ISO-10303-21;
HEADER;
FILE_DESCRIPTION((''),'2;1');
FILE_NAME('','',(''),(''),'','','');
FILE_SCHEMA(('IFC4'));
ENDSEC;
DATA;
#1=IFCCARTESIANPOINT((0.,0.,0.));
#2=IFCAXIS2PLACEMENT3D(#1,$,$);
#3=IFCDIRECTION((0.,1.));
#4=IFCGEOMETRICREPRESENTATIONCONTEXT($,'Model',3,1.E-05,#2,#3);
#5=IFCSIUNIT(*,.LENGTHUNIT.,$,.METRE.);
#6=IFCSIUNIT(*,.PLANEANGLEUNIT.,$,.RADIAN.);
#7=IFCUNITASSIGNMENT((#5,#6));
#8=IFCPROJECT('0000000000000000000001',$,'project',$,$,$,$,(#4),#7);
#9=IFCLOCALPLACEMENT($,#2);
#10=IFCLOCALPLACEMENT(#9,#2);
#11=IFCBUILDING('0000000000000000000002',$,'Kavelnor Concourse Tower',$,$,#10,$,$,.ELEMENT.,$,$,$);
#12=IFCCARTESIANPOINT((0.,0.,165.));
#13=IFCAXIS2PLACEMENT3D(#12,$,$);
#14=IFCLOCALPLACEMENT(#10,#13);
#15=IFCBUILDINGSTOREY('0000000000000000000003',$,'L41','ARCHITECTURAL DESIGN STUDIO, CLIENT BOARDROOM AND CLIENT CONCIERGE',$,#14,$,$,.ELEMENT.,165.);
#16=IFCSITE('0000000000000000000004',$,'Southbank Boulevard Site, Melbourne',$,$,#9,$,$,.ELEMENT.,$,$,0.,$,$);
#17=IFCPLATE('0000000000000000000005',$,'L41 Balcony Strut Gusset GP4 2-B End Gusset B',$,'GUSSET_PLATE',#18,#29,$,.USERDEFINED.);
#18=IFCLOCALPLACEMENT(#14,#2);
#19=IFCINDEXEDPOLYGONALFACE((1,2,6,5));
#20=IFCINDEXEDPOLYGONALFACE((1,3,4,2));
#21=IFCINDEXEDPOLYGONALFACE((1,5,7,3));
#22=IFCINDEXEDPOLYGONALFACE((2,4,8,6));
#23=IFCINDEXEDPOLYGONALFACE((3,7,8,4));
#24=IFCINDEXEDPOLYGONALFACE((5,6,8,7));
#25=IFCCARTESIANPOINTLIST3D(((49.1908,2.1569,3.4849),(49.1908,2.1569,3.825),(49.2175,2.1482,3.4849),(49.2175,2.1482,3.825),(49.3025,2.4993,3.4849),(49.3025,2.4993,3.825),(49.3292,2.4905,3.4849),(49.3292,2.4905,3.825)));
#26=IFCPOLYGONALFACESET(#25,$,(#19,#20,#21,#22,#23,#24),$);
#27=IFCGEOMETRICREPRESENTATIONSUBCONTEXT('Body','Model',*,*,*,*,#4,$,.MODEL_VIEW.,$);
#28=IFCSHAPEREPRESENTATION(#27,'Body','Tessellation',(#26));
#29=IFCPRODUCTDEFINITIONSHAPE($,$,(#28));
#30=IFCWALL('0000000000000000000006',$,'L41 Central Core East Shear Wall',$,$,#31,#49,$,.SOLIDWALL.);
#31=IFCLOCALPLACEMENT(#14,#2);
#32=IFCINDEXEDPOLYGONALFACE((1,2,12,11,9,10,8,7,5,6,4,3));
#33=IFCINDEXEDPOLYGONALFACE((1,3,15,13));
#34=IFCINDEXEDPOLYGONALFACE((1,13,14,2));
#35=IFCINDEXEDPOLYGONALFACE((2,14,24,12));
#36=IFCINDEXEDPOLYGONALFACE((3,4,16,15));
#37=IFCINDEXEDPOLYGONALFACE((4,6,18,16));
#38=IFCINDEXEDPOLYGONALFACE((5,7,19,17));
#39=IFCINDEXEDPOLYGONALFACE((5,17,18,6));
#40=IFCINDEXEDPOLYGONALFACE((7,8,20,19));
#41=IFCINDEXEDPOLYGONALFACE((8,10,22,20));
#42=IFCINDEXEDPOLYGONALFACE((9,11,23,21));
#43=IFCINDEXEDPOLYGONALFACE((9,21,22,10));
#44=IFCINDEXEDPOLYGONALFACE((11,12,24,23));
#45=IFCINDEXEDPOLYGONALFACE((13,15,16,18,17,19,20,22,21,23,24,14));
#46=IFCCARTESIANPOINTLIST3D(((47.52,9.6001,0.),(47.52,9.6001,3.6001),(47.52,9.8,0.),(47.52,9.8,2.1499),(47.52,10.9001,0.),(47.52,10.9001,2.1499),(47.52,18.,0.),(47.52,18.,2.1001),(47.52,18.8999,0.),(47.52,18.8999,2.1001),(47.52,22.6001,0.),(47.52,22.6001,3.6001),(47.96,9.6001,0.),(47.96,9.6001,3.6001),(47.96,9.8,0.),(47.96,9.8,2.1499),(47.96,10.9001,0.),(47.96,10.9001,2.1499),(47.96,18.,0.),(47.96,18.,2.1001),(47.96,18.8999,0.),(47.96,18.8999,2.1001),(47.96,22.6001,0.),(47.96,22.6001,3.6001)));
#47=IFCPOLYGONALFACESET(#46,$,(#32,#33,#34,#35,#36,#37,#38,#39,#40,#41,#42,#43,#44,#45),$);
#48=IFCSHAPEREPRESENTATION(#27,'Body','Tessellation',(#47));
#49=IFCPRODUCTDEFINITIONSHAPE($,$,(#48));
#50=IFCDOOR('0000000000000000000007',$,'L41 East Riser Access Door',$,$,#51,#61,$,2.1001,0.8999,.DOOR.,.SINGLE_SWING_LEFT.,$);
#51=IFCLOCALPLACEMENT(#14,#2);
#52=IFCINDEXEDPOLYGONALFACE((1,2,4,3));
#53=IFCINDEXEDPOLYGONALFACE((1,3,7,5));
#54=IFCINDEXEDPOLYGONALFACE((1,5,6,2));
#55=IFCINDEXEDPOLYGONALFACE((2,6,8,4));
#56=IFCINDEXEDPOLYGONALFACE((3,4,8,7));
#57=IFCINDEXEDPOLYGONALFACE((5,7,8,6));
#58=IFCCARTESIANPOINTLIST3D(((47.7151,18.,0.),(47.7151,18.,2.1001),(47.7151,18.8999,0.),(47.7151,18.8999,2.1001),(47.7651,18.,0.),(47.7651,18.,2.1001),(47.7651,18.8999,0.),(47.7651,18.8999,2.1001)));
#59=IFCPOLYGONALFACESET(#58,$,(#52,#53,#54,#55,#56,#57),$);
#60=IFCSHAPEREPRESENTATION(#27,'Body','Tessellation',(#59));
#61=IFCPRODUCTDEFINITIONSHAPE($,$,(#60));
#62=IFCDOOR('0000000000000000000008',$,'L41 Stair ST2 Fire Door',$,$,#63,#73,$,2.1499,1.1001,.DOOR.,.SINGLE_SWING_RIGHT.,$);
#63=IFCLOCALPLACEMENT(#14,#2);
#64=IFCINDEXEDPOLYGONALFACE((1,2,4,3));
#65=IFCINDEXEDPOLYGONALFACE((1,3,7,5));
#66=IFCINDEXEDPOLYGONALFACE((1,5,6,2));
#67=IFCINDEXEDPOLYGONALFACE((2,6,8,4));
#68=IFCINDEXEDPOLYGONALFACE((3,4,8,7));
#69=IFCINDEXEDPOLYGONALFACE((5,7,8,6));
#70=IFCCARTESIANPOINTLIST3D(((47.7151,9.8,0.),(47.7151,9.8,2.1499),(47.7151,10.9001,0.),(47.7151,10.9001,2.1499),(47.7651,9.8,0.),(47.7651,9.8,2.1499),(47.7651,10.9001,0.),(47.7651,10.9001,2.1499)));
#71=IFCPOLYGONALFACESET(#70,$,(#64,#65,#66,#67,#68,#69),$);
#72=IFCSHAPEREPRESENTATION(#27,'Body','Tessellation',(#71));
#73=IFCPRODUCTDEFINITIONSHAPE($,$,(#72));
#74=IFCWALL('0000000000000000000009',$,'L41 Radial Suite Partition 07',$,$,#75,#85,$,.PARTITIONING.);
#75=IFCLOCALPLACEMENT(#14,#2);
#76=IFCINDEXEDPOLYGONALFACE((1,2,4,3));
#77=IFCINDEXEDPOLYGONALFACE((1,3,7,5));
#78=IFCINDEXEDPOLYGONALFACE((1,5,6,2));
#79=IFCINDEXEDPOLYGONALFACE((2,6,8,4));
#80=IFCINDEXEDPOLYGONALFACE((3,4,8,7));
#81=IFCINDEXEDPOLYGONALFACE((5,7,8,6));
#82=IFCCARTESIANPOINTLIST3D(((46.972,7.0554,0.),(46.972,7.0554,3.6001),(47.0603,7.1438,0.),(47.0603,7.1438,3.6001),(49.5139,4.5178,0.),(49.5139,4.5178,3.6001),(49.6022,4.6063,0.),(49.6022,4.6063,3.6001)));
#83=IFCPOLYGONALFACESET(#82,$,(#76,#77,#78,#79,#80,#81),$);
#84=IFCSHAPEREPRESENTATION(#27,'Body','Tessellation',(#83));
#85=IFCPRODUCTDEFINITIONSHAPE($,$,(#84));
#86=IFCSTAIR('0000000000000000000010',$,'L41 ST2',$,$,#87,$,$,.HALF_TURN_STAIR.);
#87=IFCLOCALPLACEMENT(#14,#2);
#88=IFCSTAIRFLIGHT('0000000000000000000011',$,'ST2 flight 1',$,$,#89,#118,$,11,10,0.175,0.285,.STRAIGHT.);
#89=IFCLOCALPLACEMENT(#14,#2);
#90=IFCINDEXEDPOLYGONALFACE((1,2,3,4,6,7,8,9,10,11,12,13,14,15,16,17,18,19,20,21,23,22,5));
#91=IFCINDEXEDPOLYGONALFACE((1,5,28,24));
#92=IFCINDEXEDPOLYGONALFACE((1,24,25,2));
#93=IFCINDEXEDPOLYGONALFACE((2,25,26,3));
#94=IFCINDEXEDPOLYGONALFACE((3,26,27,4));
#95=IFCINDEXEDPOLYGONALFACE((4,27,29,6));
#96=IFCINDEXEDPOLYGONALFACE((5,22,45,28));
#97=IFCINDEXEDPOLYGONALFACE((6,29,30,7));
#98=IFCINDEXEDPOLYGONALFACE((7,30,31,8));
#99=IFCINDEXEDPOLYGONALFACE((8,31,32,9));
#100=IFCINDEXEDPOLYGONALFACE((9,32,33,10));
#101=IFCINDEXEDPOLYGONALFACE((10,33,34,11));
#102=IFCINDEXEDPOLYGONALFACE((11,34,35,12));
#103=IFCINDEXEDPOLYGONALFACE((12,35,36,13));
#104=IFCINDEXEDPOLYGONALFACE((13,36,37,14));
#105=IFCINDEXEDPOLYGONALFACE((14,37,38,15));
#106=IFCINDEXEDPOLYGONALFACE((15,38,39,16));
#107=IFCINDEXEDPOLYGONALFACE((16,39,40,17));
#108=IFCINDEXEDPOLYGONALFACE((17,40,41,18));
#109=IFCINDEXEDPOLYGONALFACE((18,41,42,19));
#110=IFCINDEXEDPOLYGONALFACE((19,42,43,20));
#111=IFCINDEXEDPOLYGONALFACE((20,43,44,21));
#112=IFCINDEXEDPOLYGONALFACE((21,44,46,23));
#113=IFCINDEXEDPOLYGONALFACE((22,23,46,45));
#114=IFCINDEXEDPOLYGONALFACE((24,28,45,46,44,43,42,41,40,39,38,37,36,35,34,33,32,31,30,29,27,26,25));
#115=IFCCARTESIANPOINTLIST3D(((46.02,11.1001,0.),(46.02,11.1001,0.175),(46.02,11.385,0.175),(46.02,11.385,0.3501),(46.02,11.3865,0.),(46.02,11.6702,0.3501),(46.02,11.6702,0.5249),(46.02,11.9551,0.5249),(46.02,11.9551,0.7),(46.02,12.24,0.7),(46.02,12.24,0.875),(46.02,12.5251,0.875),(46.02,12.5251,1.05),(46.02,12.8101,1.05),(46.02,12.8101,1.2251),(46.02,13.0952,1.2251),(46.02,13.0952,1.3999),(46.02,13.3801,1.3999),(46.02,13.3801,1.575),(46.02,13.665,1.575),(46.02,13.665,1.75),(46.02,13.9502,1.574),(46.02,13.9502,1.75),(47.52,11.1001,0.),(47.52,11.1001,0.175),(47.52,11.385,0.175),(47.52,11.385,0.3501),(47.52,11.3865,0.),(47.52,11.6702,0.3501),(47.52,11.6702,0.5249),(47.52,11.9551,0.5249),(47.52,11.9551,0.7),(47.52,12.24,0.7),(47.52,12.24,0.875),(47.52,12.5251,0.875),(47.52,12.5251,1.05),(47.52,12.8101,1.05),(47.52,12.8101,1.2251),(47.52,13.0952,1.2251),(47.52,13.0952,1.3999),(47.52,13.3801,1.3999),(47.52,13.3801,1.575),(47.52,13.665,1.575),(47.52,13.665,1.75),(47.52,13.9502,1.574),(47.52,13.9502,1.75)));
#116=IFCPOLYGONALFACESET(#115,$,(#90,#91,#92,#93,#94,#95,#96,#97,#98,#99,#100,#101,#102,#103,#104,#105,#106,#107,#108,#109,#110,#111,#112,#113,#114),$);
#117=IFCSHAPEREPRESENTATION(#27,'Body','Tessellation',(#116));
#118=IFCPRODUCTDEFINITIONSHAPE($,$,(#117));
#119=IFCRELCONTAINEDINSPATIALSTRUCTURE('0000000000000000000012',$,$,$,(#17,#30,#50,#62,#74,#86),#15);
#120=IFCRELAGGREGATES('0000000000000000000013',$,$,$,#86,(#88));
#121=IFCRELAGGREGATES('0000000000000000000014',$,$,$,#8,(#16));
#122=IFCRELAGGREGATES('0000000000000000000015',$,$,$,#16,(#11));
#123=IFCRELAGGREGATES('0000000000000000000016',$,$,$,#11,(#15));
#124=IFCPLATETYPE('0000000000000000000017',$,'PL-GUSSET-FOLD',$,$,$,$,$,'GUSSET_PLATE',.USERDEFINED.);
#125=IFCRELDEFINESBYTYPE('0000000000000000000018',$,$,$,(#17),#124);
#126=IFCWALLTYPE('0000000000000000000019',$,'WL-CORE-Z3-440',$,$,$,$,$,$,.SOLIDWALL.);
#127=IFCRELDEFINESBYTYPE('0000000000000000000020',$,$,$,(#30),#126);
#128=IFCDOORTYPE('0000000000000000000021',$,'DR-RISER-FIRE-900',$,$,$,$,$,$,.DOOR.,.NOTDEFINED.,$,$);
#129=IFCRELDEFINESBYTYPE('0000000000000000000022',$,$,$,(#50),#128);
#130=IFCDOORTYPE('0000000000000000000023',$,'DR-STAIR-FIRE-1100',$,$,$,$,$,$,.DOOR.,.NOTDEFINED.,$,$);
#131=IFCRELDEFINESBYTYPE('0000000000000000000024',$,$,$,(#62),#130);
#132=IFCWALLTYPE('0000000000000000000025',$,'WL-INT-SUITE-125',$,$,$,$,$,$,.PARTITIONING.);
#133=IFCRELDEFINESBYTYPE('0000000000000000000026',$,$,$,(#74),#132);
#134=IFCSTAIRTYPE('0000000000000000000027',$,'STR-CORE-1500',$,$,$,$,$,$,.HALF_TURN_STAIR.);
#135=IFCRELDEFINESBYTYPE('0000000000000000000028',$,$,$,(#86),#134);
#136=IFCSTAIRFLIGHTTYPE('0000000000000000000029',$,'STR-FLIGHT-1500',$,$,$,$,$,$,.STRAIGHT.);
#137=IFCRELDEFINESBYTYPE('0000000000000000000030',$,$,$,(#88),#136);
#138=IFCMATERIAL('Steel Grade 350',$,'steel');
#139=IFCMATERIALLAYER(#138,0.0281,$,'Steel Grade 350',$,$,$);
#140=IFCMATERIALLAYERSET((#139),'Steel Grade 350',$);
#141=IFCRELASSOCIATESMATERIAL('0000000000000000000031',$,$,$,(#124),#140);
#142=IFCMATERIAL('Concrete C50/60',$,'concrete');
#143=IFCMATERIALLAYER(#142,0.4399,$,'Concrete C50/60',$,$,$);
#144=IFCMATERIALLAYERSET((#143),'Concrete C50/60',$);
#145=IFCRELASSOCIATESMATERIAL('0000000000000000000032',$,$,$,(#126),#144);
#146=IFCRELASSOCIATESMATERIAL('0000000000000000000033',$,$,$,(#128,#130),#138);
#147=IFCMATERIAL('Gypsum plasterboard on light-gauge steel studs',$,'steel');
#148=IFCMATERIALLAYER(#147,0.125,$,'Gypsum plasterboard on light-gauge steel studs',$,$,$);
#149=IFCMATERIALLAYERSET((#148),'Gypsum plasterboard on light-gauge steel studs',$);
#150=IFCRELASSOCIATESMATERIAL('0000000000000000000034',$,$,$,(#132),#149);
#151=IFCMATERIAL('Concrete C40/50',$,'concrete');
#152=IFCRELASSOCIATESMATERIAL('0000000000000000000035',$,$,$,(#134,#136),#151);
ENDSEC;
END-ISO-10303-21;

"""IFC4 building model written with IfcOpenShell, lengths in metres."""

from ifc_helpers import new_model, si_unit, direction, frame, frame_2d, origin, origin_2d, place, context, subcontext, project, spatial, polyline, rectangle, outline, extrude, material, layer, layer_set, type_object, element, fill, aggregate, save


model = new_model("IFC4")

# Units and contexts
model_context = context("Model", 3, precision=1e-05, world=origin(), true_north=direction((0.0, 1.0)))
body_context = subcontext(model_context, "Body", "Model", "MODEL_VIEW")
ifc_project = project(units=[si_unit("LENGTHUNIT", "METRE"), si_unit("PLANEANGLEUNIT", "RADIAN")], contexts=[model_context])

# Site, building, storey
site_placement = place(None, origin())
site = spatial("IfcSite", under=ifc_project, at=site_placement, Name="Southbank Boulevard Site, Melbourne", CompositionType="ELEMENT", RefElevation=0.0)
building_placement = place(site_placement, origin())
building = spatial("IfcBuilding", under=site, at=building_placement, Name="Kavelnor Concourse Tower", CompositionType="ELEMENT")
storey_placement = place(building_placement, frame((0.0, 0.0, 165.0)))
storey = spatial("IfcBuildingStorey", under=building, at=storey_placement, Name="L41", Description="ARCHITECTURAL DESIGN STUDIO, CLIENT BOARDROOM AND CLIENT CONCIERGE", CompositionType="ELEMENT", Elevation=165.0)

# Shared definitions
ifc_material_1 = material(Name="Steel Grade 350", Category="steel")

# Plate
ifc_layer_1 = layer(ifc_material_1, 0.0281, Name="Steel Grade 350")
ifc_layer_set_1 = layer_set([ifc_layer_1], Name="Steel Grade 350")
plate_type = type_object("IfcPlateType", Name="PL-GUSSET-FOLD", ElementType="GUSSET_PLATE", PredefinedType="USERDEFINED", material=ifc_layer_set_1)
for number, where, z_axis, x_axis, name in (
    (1, (49.26, 2.3237, 3.4849), (0.0, 0.0, 1.0), (-0.310179, -0.950678, 0.0), "L41 Balcony Strut Gusset GP4 2-B End Gusset B"),
):
    element("IfcPlate", number, at=place(storey_placement, frame(where, z_axis=z_axis, x_axis=x_axis)), inside=storey, type_object=plate_type, Name=name, ObjectType="GUSSET_PLATE", PredefinedType="USERDEFINED", context=body_context, shape_type="SweptSolid", body=[
        extrude(rectangle(XDim=0.3601, YDim=0.0281, at=origin_2d()), origin(), (0.0, 0.0, 1.0), 0.3401),
    ])

# Wall, openings, doors
ifc_material_2 = material(Name="Concrete C50/60", Category="concrete")
ifc_layer_2 = layer(ifc_material_2, 0.4399, Name="Concrete C50/60")
ifc_layer_set_2 = layer_set([ifc_layer_2], Name="Concrete C50/60")
wall_type_1 = type_object("IfcWallType", Name="WL-CORE-Z3-440", PredefinedType="SOLIDWALL", material=ifc_layer_set_2)
wall_1_placement = place(storey_placement, frame((47.74, 9.6001, 0.0), z_axis=(0.0, 0.0, 1.0), x_axis=(0.0, 1.0, 0.0)))
wall_1 = element("IfcWall", 2, at=wall_1_placement, inside=storey, type_object=wall_type_1, Name="L41 Central Core East Shear Wall", PredefinedType="SOLIDWALL", context=body_context, shape_type="SweptSolid", body=[
    extrude(rectangle(XDim=13.0, YDim=0.4399, at=frame_2d((6.5, 0.0))), origin(), (0.0, 0.0, 1.0), 3.6001),
])
opening_1_placement = place(wall_1_placement, frame((0.2, 0.0, 0.0)))
opening_1 = element("IfcOpeningElement", 3, at=opening_1_placement, cuts=wall_1, PredefinedType="OPENING", context=body_context, shape_type="SweptSolid", body=[
    extrude(rectangle(XDim=1.1001, YDim=2.1499, at=frame_2d((0.55, 1.075))), frame((0.0, 0.23, 0.0), z_axis=(0.0, -1.0, 0.0), x_axis=(1.0, 0.0, 0.0)), (0.0, 0.0, 1.0), 0.46),
])
opening_2_placement = place(wall_1_placement, frame((8.3999, 0.0, 0.0)))
opening_2 = element("IfcOpeningElement", 4, at=opening_2_placement, cuts=wall_1, PredefinedType="OPENING", context=body_context, shape_type="SweptSolid", body=[
    extrude(rectangle(XDim=0.8999, YDim=2.1001, at=frame_2d((0.45, 1.05))), frame((0.0, 0.23, 0.0), z_axis=(0.0, -1.0, 0.0), x_axis=(1.0, 0.0, 0.0)), (0.0, 0.0, 1.0), 0.46),
])
door_type_1 = type_object("IfcDoorType", Name="DR-RISER-FIRE-900", OperationType="NOTDEFINED", PredefinedType="DOOR", material=ifc_material_1)
door_1_placement = place(opening_2_placement, origin())
door_1 = element("IfcDoor", 5, at=door_1_placement, inside=storey, type_object=door_type_1, Name="L41 East Riser Access Door", OperationType="SINGLE_SWING_LEFT", OverallHeight=2.1001, OverallWidth=0.8999, PredefinedType="DOOR", context=body_context, shape_type="SweptSolid", body=[
    extrude(rectangle(XDim=0.8999, YDim=2.1001, at=frame_2d((0.45, 1.05))), frame((0.0, 0.0249, 0.0), z_axis=(0.0, -1.0, 0.0), x_axis=(1.0, 0.0, 0.0)), (0.0, 0.0, 1.0), 0.05),
])
fill(opening_2, door_1)
door_type_2 = type_object("IfcDoorType", Name="DR-STAIR-FIRE-1100", OperationType="NOTDEFINED", PredefinedType="DOOR", material=ifc_material_1)
door_2_placement = place(opening_1_placement, origin())
door_2 = element("IfcDoor", 6, at=door_2_placement, inside=storey, type_object=door_type_2, Name="L41 Stair ST2 Fire Door", OperationType="SINGLE_SWING_RIGHT", OverallHeight=2.1499, OverallWidth=1.1001, PredefinedType="DOOR", context=body_context, shape_type="SweptSolid", body=[
    extrude(rectangle(XDim=1.1001, YDim=2.1499, at=frame_2d((0.55, 1.075))), frame((0.0, 0.0249, 0.0), z_axis=(0.0, -1.0, 0.0), x_axis=(1.0, 0.0, 0.0)), (0.0, 0.0, 1.0), 0.05),
])
fill(opening_1, door_2)

# Wall
ifc_material_3 = material(Name="Gypsum plasterboard on light-gauge steel studs", Category="steel")
ifc_layer_3 = layer(ifc_material_3, 0.125, Name="Gypsum plasterboard on light-gauge steel studs")
ifc_layer_set_3 = layer_set([ifc_layer_3], Name="Gypsum plasterboard on light-gauge steel studs")
wall_type_2 = type_object("IfcWallType", Name="WL-INT-SUITE-125", PredefinedType="PARTITIONING", material=ifc_layer_set_3)
wall_2_placement = place(storey_placement, frame((47.0161, 7.0996, 0.0), z_axis=(0.0, 0.0, 1.0), x_axis=(0.707718, -0.706495, 0.0)))
element("IfcWall", 7, at=wall_2_placement, inside=storey, type_object=wall_type_2, Name="L41 Radial Suite Partition 07", PredefinedType="PARTITIONING", context=body_context, shape_type="SweptSolid", body=[
    extrude(rectangle(XDim=3.5918, YDim=0.125, at=frame_2d((1.7959, 0.0))), origin(), (0.0, 0.0, 1.0), 3.6001),
])

# Stair, stair flight
ifc_material_4 = material(Name="Concrete C40/50", Category="concrete")
stair_type = type_object("IfcStairType", Name="STR-CORE-1500", PredefinedType="HALF_TURN_STAIR", material=ifc_material_4)
stair_placement = place(storey_placement, origin())
stair = element("IfcStair", 8, at=stair_placement, inside=storey, type_object=stair_type, Name="L41 ST2", PredefinedType="HALF_TURN_STAIR")
stair_flight_type = type_object("IfcStairFlightType", Name="STR-FLIGHT-1500", PredefinedType="STRAIGHT", material=ifc_material_4)
stair_flight_placement = place(storey_placement, frame((46.77, 11.1001, 0.0), z_axis=(0.0, 0.0, 1.0), x_axis=(0.0, 1.0, 0.0)))
stair_flight = element("IfcStairFlight", 9, at=stair_flight_placement, type_object=stair_flight_type, Name="ST2 flight 1", NumberOfRisers=11, NumberOfTreads=10, PredefinedType="STRAIGHT", RiserHeight=0.175, TreadLength=0.285, context=body_context, shape_type="SweptSolid", body=[
    extrude(outline(polyline([(0.0, 0.0), (0.0, 0.175), (0.2849, 0.175), (0.2849, 0.3501), (0.5701, 0.3501), (0.5701, 0.5249), (0.855, 0.5249), (0.855, 0.7), (1.1399, 0.7), (1.1399, 0.875), (1.425, 0.875), (1.425, 1.05), (1.71, 1.05), (1.71, 1.2251), (1.9951, 1.2251), (1.9951, 1.3999), (2.28, 1.3999), (2.28, 1.575), (2.5649, 1.575), (2.5649, 1.75), (2.8501, 1.75), (2.8501, 1.925), (2.8501, 1.574), (0.2864, 0.0), (0.0, 0.0)])), frame((0.0, 0.75, 0.0), z_axis=(0.0, -1.0, 0.0), x_axis=(1.0, 0.0, 0.0)), (0.0, 0.0, 1.0), 1.5),
])
aggregate(stair, [stair_flight])

save(model, "model.ifc")
